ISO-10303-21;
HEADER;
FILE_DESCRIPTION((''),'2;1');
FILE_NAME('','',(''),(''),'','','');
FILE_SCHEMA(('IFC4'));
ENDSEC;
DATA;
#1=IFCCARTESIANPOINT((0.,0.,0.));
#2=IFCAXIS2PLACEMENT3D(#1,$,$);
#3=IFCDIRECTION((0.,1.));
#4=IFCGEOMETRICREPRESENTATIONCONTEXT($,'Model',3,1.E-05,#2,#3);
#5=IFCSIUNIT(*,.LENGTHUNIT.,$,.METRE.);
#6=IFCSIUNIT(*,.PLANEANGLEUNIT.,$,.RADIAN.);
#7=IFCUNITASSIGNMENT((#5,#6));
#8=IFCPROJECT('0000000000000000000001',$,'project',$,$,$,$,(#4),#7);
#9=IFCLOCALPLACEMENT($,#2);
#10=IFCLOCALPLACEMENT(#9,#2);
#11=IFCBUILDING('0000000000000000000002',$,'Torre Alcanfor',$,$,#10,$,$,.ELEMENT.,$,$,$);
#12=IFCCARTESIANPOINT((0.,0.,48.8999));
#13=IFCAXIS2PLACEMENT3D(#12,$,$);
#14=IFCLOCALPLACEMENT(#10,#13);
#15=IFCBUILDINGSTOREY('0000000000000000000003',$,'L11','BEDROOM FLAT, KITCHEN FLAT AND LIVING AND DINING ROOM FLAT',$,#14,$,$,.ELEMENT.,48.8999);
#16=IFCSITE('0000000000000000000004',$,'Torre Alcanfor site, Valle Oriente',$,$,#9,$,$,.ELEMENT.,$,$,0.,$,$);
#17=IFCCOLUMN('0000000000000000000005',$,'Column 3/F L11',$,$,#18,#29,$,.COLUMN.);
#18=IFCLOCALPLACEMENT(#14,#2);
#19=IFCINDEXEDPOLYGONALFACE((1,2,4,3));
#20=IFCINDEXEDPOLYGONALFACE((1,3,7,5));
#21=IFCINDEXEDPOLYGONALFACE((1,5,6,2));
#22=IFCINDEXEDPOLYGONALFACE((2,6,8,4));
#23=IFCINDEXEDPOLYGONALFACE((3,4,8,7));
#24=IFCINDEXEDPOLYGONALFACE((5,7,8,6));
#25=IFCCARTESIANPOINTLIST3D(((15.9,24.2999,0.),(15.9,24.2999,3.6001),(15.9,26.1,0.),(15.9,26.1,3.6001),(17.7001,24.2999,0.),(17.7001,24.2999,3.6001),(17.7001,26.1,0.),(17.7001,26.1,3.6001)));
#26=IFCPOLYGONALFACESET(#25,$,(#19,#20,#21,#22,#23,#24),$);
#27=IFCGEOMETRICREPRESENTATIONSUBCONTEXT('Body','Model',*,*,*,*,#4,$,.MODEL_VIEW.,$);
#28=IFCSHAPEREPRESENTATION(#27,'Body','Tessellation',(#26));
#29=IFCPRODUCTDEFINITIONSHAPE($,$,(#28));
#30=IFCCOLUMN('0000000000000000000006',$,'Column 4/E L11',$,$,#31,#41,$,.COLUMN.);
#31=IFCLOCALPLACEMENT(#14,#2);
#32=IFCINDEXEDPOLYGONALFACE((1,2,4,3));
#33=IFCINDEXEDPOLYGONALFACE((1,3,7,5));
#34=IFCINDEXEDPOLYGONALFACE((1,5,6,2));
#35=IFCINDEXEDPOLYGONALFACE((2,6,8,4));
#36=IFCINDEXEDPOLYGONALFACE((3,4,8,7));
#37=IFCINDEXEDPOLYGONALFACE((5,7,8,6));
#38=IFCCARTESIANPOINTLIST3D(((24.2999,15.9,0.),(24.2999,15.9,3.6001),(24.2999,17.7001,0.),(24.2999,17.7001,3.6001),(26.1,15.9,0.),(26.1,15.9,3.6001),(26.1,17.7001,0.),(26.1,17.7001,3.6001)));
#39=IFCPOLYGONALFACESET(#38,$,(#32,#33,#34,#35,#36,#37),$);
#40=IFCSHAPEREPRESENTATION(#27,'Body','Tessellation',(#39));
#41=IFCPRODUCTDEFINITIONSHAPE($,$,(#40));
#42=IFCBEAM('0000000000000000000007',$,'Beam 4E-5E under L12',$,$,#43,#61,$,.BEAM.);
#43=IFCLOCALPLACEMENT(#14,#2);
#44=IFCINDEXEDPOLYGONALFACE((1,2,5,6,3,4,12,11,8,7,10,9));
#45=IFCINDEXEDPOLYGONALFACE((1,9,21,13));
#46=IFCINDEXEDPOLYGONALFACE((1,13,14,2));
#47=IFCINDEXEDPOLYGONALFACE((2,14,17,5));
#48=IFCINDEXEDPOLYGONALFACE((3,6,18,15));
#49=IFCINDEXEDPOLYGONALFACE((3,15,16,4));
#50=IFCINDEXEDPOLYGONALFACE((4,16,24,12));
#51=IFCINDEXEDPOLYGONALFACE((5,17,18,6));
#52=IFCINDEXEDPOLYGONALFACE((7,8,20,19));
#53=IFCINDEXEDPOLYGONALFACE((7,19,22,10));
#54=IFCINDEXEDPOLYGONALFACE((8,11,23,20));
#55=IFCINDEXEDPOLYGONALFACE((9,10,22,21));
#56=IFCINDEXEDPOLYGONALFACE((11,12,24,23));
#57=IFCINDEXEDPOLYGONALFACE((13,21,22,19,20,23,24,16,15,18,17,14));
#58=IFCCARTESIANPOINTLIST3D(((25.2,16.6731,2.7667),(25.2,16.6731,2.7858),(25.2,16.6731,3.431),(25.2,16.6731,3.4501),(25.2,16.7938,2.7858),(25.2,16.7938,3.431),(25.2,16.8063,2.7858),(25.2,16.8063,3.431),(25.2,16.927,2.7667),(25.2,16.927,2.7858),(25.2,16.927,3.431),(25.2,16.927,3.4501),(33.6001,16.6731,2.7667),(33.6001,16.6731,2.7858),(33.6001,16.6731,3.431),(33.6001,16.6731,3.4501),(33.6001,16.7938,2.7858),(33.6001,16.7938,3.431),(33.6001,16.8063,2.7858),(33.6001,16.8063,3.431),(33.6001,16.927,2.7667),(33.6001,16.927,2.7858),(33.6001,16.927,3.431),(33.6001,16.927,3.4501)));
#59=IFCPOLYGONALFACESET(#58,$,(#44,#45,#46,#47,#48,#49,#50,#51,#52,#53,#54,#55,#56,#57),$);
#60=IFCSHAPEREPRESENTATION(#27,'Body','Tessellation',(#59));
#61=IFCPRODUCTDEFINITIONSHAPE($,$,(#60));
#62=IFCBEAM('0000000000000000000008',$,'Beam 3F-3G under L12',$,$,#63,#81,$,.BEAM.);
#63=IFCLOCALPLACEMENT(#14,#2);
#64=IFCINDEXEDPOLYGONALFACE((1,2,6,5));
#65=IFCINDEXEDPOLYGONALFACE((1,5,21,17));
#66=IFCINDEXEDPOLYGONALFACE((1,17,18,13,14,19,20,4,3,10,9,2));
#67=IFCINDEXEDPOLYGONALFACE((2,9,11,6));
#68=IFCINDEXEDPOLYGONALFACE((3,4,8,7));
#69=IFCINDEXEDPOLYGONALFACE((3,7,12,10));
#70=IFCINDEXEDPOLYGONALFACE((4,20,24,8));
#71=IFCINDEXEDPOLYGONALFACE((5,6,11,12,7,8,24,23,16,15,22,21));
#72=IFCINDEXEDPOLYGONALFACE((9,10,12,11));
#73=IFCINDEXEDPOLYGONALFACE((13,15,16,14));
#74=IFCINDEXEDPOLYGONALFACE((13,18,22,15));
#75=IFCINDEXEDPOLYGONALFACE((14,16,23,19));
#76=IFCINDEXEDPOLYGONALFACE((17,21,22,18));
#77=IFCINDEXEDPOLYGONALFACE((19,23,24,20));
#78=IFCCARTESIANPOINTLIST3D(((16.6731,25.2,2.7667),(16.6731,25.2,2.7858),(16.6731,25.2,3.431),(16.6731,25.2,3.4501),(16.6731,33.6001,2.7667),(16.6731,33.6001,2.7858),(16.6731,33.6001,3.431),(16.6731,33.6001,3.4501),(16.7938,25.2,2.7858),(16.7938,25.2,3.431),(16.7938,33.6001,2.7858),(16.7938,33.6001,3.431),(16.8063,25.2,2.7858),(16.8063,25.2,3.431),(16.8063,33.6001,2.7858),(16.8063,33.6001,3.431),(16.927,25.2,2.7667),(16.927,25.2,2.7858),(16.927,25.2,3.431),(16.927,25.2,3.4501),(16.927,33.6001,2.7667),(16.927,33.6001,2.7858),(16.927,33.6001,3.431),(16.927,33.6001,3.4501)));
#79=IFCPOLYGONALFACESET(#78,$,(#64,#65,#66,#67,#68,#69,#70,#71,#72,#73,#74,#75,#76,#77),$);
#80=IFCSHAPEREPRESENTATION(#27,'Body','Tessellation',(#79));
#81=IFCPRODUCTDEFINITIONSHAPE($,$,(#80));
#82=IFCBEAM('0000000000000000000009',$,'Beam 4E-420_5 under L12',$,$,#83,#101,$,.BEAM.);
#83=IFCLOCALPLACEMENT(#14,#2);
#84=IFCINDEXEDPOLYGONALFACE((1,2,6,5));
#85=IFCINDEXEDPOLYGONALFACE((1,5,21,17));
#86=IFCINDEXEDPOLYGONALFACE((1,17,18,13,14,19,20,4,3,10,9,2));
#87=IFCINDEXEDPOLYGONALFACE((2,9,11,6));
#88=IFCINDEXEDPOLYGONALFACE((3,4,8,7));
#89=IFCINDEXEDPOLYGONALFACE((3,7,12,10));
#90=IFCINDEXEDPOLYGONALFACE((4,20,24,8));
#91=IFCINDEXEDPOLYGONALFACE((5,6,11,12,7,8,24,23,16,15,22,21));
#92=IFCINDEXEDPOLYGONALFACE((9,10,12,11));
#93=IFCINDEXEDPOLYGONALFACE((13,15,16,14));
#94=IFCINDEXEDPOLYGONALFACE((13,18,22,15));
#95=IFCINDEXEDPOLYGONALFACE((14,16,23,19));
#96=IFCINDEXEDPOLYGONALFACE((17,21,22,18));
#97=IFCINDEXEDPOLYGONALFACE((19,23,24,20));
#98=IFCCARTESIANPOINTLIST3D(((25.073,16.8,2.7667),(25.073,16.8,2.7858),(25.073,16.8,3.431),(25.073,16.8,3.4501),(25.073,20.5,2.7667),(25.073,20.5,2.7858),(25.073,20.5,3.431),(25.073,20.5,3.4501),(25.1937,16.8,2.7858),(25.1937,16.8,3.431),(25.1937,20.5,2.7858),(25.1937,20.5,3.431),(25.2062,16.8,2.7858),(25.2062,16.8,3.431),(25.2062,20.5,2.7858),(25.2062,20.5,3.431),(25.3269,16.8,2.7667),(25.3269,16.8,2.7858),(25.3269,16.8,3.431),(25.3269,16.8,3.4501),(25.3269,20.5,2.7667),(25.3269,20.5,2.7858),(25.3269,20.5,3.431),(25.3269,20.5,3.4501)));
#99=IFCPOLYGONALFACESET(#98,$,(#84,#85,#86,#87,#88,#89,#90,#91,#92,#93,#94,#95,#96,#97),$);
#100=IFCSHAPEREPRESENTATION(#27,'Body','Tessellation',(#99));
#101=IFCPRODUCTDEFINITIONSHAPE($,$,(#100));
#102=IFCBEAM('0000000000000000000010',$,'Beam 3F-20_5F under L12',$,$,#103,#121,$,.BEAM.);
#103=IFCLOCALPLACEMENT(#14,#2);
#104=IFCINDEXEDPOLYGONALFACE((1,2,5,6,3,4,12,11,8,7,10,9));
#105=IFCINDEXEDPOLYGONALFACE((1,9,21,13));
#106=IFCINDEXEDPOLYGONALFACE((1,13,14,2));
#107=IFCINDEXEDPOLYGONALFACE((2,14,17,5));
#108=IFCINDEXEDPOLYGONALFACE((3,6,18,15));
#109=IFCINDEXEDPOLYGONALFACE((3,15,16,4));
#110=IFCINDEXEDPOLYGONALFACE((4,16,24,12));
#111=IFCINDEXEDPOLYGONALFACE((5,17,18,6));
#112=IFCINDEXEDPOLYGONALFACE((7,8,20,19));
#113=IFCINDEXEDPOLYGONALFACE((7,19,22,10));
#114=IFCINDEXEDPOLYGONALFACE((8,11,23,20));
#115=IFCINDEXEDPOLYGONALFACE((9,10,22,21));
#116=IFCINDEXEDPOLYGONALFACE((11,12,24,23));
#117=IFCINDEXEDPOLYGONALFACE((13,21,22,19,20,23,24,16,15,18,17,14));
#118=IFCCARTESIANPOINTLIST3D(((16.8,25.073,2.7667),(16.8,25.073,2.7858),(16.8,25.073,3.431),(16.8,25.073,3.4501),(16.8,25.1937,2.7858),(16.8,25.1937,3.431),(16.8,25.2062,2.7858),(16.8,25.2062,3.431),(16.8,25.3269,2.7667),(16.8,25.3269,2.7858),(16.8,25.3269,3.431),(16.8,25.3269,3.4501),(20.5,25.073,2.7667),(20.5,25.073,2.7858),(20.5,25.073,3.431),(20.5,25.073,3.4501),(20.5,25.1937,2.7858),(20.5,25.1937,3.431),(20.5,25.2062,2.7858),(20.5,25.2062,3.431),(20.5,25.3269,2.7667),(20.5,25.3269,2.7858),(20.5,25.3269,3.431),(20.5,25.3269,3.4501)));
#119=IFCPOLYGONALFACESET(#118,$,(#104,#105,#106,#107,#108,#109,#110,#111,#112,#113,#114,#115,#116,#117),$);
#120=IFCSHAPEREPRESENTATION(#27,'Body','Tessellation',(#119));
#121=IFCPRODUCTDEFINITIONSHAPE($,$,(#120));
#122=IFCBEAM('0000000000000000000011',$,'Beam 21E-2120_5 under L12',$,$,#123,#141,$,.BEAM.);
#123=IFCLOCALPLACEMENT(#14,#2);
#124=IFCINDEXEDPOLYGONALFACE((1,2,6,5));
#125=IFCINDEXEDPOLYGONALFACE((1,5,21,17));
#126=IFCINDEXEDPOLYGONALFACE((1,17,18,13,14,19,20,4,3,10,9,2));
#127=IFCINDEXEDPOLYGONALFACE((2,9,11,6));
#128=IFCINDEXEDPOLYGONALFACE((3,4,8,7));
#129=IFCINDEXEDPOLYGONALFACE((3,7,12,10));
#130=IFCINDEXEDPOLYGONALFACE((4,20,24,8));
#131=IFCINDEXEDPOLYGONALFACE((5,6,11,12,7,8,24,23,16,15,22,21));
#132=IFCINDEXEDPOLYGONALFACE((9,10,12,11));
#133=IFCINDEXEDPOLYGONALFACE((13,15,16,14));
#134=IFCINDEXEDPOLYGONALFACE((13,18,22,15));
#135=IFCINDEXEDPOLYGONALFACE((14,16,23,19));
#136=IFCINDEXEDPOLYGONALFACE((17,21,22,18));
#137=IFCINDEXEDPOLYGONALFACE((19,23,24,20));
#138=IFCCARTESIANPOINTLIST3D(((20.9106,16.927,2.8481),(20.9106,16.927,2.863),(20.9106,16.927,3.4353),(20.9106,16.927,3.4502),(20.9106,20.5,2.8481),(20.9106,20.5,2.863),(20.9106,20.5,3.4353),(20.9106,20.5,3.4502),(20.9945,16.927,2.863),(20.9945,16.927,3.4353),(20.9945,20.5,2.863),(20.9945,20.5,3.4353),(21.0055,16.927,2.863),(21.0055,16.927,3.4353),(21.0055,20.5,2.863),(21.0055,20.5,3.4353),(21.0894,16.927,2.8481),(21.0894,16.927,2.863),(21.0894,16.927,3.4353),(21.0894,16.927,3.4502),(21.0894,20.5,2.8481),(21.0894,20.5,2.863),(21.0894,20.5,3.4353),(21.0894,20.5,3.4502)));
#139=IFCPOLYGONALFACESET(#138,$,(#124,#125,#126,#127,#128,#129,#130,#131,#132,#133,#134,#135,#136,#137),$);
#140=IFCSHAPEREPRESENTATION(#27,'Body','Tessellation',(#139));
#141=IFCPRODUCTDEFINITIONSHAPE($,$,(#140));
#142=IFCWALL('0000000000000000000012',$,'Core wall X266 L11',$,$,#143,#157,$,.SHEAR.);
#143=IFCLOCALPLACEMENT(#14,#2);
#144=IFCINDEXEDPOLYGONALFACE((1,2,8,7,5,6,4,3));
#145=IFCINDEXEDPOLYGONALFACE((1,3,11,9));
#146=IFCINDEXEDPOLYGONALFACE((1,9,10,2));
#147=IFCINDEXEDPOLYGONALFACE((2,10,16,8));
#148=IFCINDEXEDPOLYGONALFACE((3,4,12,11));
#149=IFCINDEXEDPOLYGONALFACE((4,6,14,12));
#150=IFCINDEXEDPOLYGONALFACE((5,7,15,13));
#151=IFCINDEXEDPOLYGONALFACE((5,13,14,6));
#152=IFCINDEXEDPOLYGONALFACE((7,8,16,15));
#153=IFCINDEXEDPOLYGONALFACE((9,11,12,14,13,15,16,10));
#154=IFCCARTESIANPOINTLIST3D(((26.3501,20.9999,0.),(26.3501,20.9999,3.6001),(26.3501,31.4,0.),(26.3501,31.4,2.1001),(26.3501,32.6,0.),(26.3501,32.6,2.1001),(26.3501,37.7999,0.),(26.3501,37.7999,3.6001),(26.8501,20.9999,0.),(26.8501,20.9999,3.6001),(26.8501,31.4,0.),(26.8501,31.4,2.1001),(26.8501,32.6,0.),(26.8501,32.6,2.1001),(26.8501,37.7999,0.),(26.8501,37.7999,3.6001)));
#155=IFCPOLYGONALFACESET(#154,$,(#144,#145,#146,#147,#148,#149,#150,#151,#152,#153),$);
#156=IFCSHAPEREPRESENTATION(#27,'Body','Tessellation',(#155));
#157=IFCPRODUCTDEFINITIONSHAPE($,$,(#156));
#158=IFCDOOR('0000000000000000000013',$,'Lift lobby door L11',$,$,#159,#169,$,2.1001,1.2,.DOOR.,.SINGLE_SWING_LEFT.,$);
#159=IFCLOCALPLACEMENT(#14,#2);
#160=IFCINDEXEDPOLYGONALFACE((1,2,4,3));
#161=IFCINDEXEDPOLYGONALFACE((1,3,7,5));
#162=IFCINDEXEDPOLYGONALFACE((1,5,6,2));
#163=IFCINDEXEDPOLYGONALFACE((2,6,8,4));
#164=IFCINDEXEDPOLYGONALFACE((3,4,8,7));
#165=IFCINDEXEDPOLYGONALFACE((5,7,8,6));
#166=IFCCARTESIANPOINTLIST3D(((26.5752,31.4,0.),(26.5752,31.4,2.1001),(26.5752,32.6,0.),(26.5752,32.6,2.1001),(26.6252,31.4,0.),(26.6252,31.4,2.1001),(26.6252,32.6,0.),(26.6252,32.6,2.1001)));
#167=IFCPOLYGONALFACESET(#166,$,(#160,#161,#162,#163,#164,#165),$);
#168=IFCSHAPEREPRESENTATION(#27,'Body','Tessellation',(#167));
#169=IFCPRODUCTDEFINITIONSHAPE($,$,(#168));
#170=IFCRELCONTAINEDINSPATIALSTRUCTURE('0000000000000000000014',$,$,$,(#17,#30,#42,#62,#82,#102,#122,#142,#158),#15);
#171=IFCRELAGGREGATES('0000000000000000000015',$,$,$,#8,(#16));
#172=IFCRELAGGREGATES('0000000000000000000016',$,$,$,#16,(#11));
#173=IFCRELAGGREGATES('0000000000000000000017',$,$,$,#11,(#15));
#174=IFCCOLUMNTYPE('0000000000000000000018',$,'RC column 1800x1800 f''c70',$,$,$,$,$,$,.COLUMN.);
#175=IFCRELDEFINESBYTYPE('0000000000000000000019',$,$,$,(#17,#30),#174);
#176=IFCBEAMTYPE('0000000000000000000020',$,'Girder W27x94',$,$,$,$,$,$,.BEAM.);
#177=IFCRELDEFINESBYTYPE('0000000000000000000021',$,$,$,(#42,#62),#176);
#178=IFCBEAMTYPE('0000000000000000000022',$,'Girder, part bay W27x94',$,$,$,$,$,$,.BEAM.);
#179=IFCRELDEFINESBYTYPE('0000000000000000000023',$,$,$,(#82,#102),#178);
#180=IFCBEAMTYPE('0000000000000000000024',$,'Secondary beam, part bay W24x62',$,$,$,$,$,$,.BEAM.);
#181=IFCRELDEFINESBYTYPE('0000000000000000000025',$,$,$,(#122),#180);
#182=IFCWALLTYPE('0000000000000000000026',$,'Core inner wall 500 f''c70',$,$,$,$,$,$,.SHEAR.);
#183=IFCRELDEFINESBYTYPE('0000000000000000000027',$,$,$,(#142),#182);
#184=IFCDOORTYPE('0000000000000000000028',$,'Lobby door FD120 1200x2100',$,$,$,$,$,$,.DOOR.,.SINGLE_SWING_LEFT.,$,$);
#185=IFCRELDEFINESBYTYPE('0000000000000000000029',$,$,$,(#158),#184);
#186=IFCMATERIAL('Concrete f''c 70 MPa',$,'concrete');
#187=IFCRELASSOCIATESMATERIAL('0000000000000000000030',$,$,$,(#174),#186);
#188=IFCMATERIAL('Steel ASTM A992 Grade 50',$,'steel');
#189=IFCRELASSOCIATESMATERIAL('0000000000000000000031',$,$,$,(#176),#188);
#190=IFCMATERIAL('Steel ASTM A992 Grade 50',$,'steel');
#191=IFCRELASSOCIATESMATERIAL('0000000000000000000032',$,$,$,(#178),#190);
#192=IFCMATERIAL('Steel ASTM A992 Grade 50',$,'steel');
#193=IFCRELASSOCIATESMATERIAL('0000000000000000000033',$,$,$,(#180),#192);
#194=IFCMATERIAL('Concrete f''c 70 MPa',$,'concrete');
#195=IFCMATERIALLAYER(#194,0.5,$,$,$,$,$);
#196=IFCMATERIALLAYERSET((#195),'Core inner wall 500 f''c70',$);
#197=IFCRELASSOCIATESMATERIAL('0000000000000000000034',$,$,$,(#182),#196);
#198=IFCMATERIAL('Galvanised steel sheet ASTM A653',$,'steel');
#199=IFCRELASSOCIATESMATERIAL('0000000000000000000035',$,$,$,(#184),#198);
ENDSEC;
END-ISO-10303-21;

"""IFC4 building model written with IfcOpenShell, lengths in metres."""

from ifc_helpers import new_model, si_unit, direction, frame, frame_2d, origin, origin_2d, place, context, subcontext, project, spatial, rectangle, i_section, extrude, material, layer, layer_set, material_profile, profile_set, type_object, element, fill, save


model = new_model("IFC4")

# Units and contexts
model_context = context("Model", 3, precision=1e-05, world=origin(), true_north=direction((0.0, 1.0)))
body_context = subcontext(model_context, "Body", "Model", "MODEL_VIEW")
ifc_project = project(units=[si_unit("LENGTHUNIT", "METRE"), si_unit("PLANEANGLEUNIT", "RADIAN")], contexts=[model_context])

# Site, building, storey
site_placement = place(None, origin())
site = spatial("IfcSite", under=ifc_project, at=site_placement, Name="Torre Alcanfor site, Valle Oriente", CompositionType="ELEMENT", RefElevation=0.0)
building_placement = place(site_placement, origin())
building = spatial("IfcBuilding", under=site, at=building_placement, Name="Torre Alcanfor", CompositionType="ELEMENT")
storey_placement = place(building_placement, frame((0.0, 0.0, 48.8999)))
storey = spatial("IfcBuildingStorey", under=building, at=storey_placement, Name="L11", Description="BEDROOM FLAT, KITCHEN FLAT AND LIVING AND DINING ROOM FLAT", CompositionType="ELEMENT", Elevation=48.8999)

# Columns
ifc_material_1 = material(Name="Concrete f'c 70 MPa", Category="concrete")
ifc_material_profile_1 = material_profile(ifc_material_1, rectangle(XDim=1.8, YDim=1.8, at=origin_2d()), Name="1800x1800")
ifc_profile_set_1 = profile_set([ifc_material_profile_1], Name="Concrete f'c 70 MPa")
column_type = type_object("IfcColumnType", Name="RC column 1800x1800 f'c70", PredefinedType="COLUMN", material=ifc_profile_set_1)
for number, where, z_axis, x_axis, name in (
    (1, (16.8, 25.2, 0.0), (0.0, 0.0, 1.0), (1.0, 0.0, 0.0), "Column 3/F L11"),
    (2, (25.2, 16.8, 0.0), (0.0, 0.0, 1.0), (1.0, 0.0, 0.0), "Column 4/E L11"),
):
    element("IfcColumn", number, at=place(storey_placement, frame(where, z_axis=z_axis, x_axis=x_axis)), inside=storey, type_object=column_type, Name=name, PredefinedType="COLUMN", context=body_context, shape_type="SweptSolid", body=[
        extrude(rectangle(XDim=1.8, YDim=1.8, at=origin_2d()), origin(), (0.0, 0.0, 1.0), 3.6001),
    ])

# Beams
ifc_material_2 = material(Name="Steel ASTM A992 Grade 50", Category="steel")
ifc_material_profile_2 = material_profile(ifc_material_2, i_section(OverallWidth=0.2539, OverallDepth=0.6833, WebThickness=0.0125, FlangeThickness=0.019, at=origin_2d()), Name="W27x94")
ifc_profile_set_2 = profile_set([ifc_material_profile_2], Name="Steel ASTM A992 Grade 50")
beam_type_1 = type_object("IfcBeamType", Name="Girder W27x94", PredefinedType="BEAM", material=ifc_profile_set_2)
for number, where, z_axis, x_axis, name in (
    (3, (25.2, 16.8, 3.1084), (1.0, 0.0, 0.0), (0.0, 1.0, 0.0), "Beam 4E-5E under L12"),
    (4, (16.8, 25.2, 3.1084), (0.0, 1.0, 0.0), (-1.0, 0.0, 0.0), "Beam 3F-3G under L12"),
):
    element("IfcBeam", number, at=place(storey_placement, frame(where, z_axis=z_axis, x_axis=x_axis)), inside=storey, type_object=beam_type_1, Name=name, PredefinedType="BEAM", context=body_context, shape_type="SweptSolid", body=[
        extrude(i_section(OverallWidth=0.2539, OverallDepth=0.6833, WebThickness=0.0125, FlangeThickness=0.019, at=origin_2d()), origin(), (0.0, 0.0, 1.0), 8.4001),
    ])
ifc_material_3 = material(Name="Steel ASTM A992 Grade 50", Category="steel")
ifc_material_profile_3 = material_profile(ifc_material_3, i_section(OverallWidth=0.2539, OverallDepth=0.6833, WebThickness=0.0125, FlangeThickness=0.019, at=origin_2d()), Name="W27x94")
ifc_profile_set_3 = profile_set([ifc_material_profile_3], Name="Steel ASTM A992 Grade 50")
beam_type_2 = type_object("IfcBeamType", Name="Girder, part bay W27x94", PredefinedType="BEAM", material=ifc_profile_set_3)
for number, where, z_axis, x_axis, name in (
    (5, (25.2, 16.8, 3.1084), (0.0, 1.0, 0.0), (-1.0, 0.0, 0.0), "Beam 4E-420_5 under L12"),
    (6, (16.8, 25.2, 3.1084), (1.0, 0.0, 0.0), (0.0, 1.0, 0.0), "Beam 3F-20_5F under L12"),
):
    element("IfcBeam", number, at=place(storey_placement, frame(where, z_axis=z_axis, x_axis=x_axis)), inside=storey, type_object=beam_type_2, Name=name, PredefinedType="BEAM", context=body_context, shape_type="SweptSolid", body=[
        extrude(i_section(OverallWidth=0.2539, OverallDepth=0.6833, WebThickness=0.0125, FlangeThickness=0.019, at=origin_2d()), origin(), (0.0, 0.0, 1.0), 3.7),
    ])
ifc_material_4 = material(Name="Steel ASTM A992 Grade 50", Category="steel")
ifc_material_profile_4 = material_profile(ifc_material_4, i_section(OverallWidth=0.1787, OverallDepth=0.6021, WebThickness=0.011, FlangeThickness=0.0149, at=origin_2d()), Name="W24x62")
ifc_profile_set_4 = profile_set([ifc_material_profile_4], Name="Steel ASTM A992 Grade 50")
beam_type_3 = type_object("IfcBeamType", Name="Secondary beam, part bay W24x62", PredefinedType="BEAM", material=ifc_profile_set_4)
beam_placement = place(storey_placement, frame((21.0, 16.927, 3.1492), z_axis=(0.0, 1.0, 0.0), x_axis=(-1.0, 0.0, 0.0)))
element("IfcBeam", 7, at=beam_placement, inside=storey, type_object=beam_type_3, Name="Beam 21E-2120_5 under L12", PredefinedType="BEAM", context=body_context, shape_type="SweptSolid", body=[
    extrude(i_section(OverallWidth=0.1787, OverallDepth=0.6021, WebThickness=0.011, FlangeThickness=0.0149, at=origin_2d()), origin(), (0.0, 0.0, 1.0), 3.573),
])

# Wall, opening, door
ifc_material_5 = material(Name="Concrete f'c 70 MPa", Category="concrete")
ifc_layer_1 = layer(ifc_material_5, 0.5)
ifc_layer_set_1 = layer_set([ifc_layer_1], Name="Core inner wall 500 f'c70")
wall_type_1 = type_object("IfcWallType", Name="Core inner wall 500 f'c70", PredefinedType="SHEAR", material=ifc_layer_set_1)
wall_1_placement = place(storey_placement, frame((26.6001, 21.0, 0.0), z_axis=(0.0, 0.0, 1.0), x_axis=(0.0, 1.0, 0.0)))
wall_1 = element("IfcWall", 8, at=wall_1_placement, inside=storey, type_object=wall_type_1, Name="Core wall X266 L11", PredefinedType="SHEAR", context=body_context, shape_type="SweptSolid", body=[
    extrude(rectangle(XDim=16.8, YDim=0.5, at=frame_2d((8.3999, 0.0))), origin(), (0.0, 0.0, 1.0), 3.6001),
])
opening_1_placement = place(wall_1_placement, frame((10.3999, 0.0, 0.0)))
opening_1 = element("IfcOpeningElement", 9, at=opening_1_placement, cuts=wall_1, PredefinedType="OPENING", context=body_context, shape_type="SweptSolid", body=[
    extrude(rectangle(XDim=1.2, YDim=2.1001, at=frame_2d((0.6001, 1.05))), frame((0.0, 0.26, 0.0), z_axis=(0.0, -1.0, 0.0), x_axis=(1.0, 0.0, 0.0)), (0.0, 0.0, 1.0), 0.52),
])
ifc_material_6 = material(Name="Galvanised steel sheet ASTM A653", Category="steel")
door_type_1 = type_object("IfcDoorType", Name="Lobby door FD120 1200x2100", OperationType="SINGLE_SWING_LEFT", PredefinedType="DOOR", material=ifc_material_6)
door_1_placement = place(opening_1_placement, origin())
door_1 = element("IfcDoor", 10, at=door_1_placement, inside=storey, type_object=door_type_1, Name="Lift lobby door L11", OperationType="SINGLE_SWING_LEFT", OverallHeight=2.1001, OverallWidth=1.2, PredefinedType="DOOR", context=body_context, shape_type="SweptSolid", body=[
    extrude(rectangle(XDim=1.2, YDim=2.1001, at=frame_2d((0.6001, 1.05))), frame((0.0, 0.0249, 0.0), z_axis=(0.0, -1.0, 0.0), x_axis=(1.0, 0.0, 0.0)), (0.0, 0.0, 1.0), 0.05),
])
fill(opening_1, door_1)

save(model, "model.ifc")
